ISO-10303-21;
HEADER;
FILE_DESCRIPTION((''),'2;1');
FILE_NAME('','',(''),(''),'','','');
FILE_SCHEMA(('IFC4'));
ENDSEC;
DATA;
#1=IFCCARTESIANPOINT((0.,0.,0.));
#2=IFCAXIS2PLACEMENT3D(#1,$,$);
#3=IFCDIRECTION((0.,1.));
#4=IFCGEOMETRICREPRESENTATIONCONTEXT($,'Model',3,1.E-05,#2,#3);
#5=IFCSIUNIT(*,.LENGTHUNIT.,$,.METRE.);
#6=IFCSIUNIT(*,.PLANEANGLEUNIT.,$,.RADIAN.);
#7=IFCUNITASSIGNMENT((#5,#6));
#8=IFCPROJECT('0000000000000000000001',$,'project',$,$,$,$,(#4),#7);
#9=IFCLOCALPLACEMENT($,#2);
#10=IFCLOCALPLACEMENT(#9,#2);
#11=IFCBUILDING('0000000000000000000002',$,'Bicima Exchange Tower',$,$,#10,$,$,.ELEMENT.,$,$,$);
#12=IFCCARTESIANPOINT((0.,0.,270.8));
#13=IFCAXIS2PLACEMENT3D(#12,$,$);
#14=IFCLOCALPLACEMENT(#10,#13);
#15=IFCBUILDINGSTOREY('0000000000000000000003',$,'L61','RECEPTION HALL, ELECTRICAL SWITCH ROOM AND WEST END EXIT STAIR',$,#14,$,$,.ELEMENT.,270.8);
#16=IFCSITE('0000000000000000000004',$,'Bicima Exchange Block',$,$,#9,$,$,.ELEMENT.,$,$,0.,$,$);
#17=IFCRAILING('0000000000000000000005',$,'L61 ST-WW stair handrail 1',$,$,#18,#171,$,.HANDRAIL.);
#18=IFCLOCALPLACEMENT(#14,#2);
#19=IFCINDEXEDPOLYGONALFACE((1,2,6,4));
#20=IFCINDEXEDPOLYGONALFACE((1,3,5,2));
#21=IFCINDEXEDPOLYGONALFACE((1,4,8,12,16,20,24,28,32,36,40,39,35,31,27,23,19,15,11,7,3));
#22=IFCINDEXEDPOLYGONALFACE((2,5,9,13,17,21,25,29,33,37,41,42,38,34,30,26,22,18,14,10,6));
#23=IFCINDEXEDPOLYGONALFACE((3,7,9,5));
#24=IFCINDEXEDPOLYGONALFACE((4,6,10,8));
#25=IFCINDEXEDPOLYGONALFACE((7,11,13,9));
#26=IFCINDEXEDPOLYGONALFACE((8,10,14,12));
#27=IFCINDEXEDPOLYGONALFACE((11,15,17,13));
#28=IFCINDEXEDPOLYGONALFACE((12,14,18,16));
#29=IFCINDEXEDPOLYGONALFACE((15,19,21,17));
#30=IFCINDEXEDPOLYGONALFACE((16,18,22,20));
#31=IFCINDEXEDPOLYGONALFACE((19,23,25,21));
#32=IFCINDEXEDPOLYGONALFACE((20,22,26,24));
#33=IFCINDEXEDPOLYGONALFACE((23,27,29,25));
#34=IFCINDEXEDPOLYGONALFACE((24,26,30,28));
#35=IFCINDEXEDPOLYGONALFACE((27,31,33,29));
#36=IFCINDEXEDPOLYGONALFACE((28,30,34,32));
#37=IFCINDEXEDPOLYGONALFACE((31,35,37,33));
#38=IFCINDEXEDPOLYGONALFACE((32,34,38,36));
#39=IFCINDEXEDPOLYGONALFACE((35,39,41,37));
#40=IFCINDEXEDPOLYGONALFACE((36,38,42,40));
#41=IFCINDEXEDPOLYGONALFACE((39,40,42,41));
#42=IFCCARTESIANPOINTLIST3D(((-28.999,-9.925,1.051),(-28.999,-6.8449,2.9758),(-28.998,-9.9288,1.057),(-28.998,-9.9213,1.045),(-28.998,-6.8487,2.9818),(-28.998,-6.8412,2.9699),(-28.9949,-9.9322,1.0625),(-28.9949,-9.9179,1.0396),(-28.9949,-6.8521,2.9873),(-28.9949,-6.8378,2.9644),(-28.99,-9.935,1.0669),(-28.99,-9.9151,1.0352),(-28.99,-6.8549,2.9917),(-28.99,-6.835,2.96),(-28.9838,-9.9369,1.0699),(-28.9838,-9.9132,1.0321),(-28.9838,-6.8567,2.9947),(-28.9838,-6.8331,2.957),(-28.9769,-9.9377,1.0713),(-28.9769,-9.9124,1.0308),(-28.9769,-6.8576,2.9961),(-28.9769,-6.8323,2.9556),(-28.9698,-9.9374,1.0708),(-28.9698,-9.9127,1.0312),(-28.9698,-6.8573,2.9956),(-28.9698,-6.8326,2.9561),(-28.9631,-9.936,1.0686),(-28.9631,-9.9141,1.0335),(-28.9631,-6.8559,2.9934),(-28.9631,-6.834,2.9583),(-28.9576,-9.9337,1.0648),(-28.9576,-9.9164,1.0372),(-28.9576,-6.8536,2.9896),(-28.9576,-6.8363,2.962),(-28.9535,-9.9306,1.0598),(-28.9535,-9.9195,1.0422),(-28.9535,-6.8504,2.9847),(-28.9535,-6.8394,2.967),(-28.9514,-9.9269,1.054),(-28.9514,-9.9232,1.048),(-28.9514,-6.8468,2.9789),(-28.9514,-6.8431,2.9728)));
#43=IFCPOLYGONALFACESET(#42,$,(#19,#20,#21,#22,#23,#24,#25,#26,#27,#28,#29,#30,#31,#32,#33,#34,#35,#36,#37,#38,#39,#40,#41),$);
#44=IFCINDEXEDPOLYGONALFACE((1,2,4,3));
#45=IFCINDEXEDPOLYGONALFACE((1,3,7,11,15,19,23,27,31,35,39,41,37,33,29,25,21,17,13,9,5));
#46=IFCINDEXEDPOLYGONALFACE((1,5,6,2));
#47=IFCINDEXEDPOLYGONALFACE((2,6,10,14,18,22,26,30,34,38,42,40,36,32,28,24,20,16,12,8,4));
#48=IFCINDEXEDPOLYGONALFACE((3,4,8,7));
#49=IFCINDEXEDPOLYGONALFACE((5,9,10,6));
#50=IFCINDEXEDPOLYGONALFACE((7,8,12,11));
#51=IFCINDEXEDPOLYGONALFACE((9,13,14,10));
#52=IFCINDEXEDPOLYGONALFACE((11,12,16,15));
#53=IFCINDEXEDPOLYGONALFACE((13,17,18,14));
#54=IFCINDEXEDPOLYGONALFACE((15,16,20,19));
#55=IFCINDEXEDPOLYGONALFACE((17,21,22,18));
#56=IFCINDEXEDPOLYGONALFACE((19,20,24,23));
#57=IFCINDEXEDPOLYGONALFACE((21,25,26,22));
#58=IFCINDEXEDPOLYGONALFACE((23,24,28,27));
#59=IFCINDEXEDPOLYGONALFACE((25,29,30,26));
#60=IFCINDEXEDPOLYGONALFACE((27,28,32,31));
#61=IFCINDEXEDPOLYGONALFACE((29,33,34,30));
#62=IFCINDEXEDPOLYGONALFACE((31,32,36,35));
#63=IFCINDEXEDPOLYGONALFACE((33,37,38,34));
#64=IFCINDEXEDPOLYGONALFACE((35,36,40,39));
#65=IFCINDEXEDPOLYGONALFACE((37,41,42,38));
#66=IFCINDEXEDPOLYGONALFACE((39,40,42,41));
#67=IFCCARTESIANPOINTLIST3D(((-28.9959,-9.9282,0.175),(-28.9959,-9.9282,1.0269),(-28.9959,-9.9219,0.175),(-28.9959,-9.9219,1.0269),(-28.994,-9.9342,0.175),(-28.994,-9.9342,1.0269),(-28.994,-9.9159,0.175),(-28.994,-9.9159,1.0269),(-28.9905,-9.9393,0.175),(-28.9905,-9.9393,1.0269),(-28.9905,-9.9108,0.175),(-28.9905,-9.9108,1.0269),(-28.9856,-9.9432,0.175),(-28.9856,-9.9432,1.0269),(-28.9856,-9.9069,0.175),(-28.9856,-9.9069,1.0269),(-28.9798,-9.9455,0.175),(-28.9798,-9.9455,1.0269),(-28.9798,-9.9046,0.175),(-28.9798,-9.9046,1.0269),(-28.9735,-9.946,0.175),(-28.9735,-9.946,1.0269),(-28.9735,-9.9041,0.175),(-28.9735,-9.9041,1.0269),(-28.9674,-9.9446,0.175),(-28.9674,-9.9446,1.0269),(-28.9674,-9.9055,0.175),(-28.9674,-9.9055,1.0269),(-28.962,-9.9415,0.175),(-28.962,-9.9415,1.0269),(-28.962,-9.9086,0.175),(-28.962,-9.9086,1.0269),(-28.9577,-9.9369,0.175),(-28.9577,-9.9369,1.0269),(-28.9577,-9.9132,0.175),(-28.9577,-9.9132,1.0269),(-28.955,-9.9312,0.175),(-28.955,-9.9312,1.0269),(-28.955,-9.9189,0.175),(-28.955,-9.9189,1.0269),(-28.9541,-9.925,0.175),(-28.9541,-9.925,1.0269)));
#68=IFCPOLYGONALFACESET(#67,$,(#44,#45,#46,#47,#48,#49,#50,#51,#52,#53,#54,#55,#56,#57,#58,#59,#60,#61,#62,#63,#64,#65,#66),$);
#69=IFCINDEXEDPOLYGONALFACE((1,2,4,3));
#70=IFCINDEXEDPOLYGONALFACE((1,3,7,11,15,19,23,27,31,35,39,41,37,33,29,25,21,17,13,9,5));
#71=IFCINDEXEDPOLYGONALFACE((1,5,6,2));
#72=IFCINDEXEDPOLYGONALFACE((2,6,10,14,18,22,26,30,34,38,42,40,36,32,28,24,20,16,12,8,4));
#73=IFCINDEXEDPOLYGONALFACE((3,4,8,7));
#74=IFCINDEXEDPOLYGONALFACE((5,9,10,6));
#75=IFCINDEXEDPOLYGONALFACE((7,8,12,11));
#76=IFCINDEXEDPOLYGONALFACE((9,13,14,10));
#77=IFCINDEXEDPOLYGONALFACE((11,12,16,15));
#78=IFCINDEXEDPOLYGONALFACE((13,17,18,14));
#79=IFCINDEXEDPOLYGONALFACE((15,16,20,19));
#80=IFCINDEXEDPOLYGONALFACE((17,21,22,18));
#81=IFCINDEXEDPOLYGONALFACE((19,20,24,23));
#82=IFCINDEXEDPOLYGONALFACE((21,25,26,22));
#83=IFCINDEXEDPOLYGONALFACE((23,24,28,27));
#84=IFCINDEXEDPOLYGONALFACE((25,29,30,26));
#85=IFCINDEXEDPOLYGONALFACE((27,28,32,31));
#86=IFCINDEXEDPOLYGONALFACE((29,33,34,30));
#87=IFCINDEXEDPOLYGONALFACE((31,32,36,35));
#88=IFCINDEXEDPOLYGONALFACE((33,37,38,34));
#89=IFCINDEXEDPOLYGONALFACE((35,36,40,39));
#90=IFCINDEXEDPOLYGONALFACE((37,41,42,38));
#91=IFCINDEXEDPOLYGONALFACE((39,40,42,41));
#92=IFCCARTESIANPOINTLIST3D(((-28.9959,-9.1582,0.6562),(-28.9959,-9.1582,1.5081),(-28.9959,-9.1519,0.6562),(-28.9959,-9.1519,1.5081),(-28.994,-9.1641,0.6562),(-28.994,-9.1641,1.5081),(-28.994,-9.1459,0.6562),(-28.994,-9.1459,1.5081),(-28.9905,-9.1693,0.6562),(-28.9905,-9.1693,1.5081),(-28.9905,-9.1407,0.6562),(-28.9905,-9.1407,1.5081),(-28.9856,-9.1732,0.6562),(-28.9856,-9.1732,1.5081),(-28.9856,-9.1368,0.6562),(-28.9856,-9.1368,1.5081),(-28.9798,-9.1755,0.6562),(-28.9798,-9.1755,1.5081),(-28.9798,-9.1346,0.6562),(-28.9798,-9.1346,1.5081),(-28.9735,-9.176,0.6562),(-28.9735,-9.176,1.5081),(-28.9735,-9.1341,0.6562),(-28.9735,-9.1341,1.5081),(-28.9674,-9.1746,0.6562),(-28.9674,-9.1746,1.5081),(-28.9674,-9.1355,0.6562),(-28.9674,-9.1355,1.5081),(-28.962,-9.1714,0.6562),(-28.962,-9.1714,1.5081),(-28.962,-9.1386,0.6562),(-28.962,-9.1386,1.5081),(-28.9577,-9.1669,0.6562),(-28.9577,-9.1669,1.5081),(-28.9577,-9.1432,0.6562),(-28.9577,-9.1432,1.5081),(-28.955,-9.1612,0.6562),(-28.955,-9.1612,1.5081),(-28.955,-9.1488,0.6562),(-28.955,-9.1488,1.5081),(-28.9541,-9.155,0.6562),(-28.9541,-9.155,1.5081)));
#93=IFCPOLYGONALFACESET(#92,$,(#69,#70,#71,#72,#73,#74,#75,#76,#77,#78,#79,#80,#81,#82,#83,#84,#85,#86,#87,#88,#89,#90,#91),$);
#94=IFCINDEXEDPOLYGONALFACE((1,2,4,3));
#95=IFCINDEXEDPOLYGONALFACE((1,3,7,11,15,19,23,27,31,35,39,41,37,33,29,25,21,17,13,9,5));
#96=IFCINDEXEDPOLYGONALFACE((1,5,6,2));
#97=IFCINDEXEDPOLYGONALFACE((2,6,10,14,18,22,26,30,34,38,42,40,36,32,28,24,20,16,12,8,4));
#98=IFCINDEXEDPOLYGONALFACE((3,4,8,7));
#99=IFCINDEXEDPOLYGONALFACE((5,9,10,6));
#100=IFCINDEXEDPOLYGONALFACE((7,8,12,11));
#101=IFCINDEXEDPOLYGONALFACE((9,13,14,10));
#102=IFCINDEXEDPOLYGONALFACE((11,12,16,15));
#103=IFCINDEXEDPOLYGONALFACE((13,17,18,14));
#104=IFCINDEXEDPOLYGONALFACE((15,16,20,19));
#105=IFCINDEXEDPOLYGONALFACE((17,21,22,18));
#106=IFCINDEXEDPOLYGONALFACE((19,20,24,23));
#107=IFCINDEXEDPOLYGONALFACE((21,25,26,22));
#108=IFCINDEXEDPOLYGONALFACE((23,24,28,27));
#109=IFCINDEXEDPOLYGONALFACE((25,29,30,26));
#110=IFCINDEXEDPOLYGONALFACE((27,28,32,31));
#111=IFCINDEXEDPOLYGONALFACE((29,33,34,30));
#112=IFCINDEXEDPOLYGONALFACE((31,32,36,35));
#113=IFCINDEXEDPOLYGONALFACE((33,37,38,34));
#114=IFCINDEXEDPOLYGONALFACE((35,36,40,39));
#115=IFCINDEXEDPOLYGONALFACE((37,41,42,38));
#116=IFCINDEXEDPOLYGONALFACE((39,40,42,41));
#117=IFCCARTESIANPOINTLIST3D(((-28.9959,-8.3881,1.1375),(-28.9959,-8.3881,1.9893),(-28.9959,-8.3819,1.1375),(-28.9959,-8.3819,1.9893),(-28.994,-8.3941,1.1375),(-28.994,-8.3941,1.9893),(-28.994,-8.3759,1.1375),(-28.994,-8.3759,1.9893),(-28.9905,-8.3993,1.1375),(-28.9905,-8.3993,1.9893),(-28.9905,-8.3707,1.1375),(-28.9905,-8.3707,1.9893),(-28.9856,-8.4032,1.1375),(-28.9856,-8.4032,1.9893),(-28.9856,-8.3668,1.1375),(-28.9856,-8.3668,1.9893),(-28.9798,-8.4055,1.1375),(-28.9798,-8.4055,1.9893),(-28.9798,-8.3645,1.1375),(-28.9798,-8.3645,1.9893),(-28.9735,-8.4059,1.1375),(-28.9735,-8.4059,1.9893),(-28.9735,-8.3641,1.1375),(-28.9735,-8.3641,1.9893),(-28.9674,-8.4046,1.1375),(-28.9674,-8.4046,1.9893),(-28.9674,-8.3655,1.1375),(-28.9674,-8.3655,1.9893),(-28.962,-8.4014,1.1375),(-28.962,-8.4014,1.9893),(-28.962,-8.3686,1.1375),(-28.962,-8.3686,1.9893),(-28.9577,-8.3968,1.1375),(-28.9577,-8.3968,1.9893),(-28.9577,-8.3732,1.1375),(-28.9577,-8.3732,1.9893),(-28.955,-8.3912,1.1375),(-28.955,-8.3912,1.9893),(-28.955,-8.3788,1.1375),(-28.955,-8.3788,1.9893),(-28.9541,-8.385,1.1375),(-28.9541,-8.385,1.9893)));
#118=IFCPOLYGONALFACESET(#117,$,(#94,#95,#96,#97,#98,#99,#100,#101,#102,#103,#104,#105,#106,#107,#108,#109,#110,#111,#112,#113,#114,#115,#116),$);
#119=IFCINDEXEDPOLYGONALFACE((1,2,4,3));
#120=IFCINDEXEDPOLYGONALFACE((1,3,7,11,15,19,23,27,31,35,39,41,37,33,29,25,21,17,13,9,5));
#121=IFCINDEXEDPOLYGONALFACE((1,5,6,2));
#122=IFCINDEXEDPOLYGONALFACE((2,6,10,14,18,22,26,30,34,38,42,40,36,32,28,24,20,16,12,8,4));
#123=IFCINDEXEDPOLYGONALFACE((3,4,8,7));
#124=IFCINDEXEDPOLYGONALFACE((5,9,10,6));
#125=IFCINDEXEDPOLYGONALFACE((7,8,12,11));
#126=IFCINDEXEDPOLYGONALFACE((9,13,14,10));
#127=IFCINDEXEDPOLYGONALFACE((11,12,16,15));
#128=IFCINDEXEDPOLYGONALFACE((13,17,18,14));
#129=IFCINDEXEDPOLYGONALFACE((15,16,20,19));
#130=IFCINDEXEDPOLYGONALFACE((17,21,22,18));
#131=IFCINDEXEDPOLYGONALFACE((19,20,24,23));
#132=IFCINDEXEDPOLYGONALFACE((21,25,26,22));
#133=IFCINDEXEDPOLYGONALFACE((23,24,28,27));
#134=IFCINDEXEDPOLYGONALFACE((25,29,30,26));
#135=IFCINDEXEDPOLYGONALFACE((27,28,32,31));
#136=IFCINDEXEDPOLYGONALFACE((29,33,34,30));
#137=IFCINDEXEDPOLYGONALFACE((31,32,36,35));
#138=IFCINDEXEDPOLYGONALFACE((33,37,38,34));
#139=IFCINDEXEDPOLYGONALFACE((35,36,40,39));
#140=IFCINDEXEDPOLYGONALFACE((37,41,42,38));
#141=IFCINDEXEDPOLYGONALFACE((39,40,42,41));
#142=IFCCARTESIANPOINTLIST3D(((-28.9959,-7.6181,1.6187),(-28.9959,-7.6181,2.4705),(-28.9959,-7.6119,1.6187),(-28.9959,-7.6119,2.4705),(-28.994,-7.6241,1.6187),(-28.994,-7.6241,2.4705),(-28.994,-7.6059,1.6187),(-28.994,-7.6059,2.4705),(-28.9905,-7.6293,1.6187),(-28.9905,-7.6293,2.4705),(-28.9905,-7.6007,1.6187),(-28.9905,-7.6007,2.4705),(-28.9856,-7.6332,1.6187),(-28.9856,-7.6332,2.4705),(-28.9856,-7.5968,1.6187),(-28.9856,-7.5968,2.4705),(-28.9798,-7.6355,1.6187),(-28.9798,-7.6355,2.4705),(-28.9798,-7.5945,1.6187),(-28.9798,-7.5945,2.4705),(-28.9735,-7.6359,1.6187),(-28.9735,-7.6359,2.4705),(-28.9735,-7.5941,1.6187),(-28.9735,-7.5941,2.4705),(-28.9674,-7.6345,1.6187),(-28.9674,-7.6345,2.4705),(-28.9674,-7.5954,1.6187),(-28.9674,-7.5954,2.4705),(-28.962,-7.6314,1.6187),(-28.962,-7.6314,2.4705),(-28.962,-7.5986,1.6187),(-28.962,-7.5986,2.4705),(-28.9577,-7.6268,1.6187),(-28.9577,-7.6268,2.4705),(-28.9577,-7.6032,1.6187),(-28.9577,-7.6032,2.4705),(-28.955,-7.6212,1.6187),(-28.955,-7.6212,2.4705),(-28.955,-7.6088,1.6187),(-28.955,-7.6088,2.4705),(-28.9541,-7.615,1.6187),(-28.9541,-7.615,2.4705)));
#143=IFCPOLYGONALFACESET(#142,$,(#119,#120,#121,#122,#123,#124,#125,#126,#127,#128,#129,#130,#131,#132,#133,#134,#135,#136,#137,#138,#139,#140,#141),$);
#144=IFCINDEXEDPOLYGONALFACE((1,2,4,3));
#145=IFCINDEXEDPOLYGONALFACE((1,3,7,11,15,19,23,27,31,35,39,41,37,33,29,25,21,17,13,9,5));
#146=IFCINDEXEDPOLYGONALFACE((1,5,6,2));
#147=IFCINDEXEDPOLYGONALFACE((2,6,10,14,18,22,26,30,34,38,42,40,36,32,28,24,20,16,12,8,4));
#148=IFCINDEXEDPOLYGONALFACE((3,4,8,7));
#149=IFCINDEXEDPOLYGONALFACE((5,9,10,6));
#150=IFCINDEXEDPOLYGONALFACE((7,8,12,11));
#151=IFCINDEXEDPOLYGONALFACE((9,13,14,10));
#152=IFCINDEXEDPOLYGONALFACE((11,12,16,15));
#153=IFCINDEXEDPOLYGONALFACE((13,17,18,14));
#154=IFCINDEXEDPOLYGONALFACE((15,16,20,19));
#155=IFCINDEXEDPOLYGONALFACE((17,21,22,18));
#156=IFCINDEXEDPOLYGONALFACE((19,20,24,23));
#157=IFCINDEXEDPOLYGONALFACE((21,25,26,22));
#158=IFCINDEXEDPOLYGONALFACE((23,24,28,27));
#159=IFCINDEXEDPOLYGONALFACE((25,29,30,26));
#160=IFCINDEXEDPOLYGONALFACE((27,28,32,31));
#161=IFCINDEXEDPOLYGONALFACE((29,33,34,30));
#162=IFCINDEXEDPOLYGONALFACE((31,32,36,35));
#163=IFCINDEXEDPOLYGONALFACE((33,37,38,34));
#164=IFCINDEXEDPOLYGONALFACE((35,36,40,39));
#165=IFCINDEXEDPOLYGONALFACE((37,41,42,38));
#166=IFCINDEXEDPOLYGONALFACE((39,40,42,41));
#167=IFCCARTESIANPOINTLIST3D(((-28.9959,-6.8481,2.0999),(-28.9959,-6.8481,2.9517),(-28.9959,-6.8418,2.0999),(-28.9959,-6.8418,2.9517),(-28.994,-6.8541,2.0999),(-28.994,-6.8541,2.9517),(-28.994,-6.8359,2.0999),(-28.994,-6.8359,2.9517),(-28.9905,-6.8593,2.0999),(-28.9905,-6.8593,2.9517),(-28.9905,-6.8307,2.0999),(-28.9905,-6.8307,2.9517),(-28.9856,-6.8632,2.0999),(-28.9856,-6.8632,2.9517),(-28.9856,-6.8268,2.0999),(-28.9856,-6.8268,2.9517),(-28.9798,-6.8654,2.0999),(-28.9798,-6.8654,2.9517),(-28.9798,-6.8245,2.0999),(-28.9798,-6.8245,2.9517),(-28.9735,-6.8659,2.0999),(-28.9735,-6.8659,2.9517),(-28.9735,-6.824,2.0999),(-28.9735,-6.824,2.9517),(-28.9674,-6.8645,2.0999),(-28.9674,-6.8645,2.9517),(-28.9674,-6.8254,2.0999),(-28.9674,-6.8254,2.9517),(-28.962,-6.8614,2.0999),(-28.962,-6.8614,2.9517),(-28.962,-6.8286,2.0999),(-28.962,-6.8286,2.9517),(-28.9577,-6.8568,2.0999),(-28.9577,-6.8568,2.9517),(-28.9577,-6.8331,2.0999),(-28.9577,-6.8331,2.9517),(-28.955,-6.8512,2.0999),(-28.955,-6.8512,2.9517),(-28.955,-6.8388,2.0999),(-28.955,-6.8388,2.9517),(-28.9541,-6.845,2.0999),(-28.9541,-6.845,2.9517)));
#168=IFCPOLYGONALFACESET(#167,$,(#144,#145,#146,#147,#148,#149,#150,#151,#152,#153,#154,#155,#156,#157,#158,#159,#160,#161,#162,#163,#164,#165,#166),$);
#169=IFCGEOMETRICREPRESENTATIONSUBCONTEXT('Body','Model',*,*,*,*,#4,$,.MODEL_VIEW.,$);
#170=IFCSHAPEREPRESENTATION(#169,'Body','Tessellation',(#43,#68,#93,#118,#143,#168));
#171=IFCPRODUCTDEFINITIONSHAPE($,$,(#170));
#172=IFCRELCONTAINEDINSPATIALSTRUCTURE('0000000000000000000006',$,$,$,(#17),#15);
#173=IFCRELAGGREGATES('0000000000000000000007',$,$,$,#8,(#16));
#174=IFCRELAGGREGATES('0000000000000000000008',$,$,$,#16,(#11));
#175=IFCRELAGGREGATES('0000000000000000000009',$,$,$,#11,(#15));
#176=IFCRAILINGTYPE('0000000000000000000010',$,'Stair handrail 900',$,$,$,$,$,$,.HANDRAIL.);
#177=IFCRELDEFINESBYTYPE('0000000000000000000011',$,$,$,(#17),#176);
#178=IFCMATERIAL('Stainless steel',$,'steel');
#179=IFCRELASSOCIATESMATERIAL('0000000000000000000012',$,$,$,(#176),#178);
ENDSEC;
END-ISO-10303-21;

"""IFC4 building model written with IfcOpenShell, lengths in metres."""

from ifc_helpers import new_model, si_unit, direction, frame, origin, origin_2d, place, context, subcontext, project, spatial, circle, extrude, material, type_object, element, save


model = new_model("IFC4")

# Units and contexts
model_context = context("Model", 3, precision=1e-05, world=origin(), true_north=direction((0.0, 1.0)))
body_context = subcontext(model_context, "Body", "Model", "MODEL_VIEW")
ifc_project = project(units=[si_unit("LENGTHUNIT", "METRE"), si_unit("PLANEANGLEUNIT", "RADIAN")], contexts=[model_context])

# Site, building, storey
site_placement = place(None, origin())
site = spatial("IfcSite", under=ifc_project, at=site_placement, Name="Bicima Exchange Block", CompositionType="ELEMENT", RefElevation=0.0)
building_placement = place(site_placement, origin())
building = spatial("IfcBuilding", under=site, at=building_placement, Name="Bicima Exchange Tower", CompositionType="ELEMENT")
storey_placement = place(building_placement, frame((0.0, 0.0, 270.8)))
storey = spatial("IfcBuildingStorey", under=building, at=storey_placement, Name="L61", Description="RECEPTION HALL, ELECTRICAL SWITCH ROOM AND WEST END EXIT STAIR", CompositionType="ELEMENT", Elevation=270.8)

# Railing
ifc_material_1 = material(Name="Stainless steel", Category="steel")
railing_type_1 = type_object("IfcRailingType", Name="Stair handrail 900", PredefinedType="HANDRAIL", material=ifc_material_1)
railing_1_placement = place(storey_placement, frame((-28.9751, -9.925, 0.175)))
element("IfcRailing", 1, at=railing_1_placement, inside=storey, type_object=railing_type_1, Name="L61 ST-WW stair handrail 1", PredefinedType="HANDRAIL", context=body_context, shape_type="SweptSolid", body=[
    extrude(circle(Radius=0.0239, at=origin_2d()), frame((0.0, 0.0, 0.876), z_axis=(0.0, 0.848029, 0.529951), x_axis=(-1.0, 0.0, 0.0)), (0.0, 0.0, 1.0), 3.6321),
    extrude(circle(Radius=0.021, at=origin_2d()), origin(), (0.0, 0.0, 1.0), 0.8518),
    extrude(circle(Radius=0.021, at=origin_2d()), frame((0.0, 0.77, 0.4812)), (0.0, 0.0, 1.0), 0.8518),
    extrude(circle(Radius=0.021, at=origin_2d()), frame((0.0, 1.54, 0.9624)), (0.0, 0.0, 1.0), 0.8518),
    extrude(circle(Radius=0.021, at=origin_2d()), frame((0.0, 2.3101, 1.4436)), (0.0, 0.0, 1.0), 0.8518),
    extrude(circle(Radius=0.021, at=origin_2d()), frame((0.0, 3.0801, 1.9248)), (0.0, 0.0, 1.0), 0.8518),
])

save(model, "model.ifc")
